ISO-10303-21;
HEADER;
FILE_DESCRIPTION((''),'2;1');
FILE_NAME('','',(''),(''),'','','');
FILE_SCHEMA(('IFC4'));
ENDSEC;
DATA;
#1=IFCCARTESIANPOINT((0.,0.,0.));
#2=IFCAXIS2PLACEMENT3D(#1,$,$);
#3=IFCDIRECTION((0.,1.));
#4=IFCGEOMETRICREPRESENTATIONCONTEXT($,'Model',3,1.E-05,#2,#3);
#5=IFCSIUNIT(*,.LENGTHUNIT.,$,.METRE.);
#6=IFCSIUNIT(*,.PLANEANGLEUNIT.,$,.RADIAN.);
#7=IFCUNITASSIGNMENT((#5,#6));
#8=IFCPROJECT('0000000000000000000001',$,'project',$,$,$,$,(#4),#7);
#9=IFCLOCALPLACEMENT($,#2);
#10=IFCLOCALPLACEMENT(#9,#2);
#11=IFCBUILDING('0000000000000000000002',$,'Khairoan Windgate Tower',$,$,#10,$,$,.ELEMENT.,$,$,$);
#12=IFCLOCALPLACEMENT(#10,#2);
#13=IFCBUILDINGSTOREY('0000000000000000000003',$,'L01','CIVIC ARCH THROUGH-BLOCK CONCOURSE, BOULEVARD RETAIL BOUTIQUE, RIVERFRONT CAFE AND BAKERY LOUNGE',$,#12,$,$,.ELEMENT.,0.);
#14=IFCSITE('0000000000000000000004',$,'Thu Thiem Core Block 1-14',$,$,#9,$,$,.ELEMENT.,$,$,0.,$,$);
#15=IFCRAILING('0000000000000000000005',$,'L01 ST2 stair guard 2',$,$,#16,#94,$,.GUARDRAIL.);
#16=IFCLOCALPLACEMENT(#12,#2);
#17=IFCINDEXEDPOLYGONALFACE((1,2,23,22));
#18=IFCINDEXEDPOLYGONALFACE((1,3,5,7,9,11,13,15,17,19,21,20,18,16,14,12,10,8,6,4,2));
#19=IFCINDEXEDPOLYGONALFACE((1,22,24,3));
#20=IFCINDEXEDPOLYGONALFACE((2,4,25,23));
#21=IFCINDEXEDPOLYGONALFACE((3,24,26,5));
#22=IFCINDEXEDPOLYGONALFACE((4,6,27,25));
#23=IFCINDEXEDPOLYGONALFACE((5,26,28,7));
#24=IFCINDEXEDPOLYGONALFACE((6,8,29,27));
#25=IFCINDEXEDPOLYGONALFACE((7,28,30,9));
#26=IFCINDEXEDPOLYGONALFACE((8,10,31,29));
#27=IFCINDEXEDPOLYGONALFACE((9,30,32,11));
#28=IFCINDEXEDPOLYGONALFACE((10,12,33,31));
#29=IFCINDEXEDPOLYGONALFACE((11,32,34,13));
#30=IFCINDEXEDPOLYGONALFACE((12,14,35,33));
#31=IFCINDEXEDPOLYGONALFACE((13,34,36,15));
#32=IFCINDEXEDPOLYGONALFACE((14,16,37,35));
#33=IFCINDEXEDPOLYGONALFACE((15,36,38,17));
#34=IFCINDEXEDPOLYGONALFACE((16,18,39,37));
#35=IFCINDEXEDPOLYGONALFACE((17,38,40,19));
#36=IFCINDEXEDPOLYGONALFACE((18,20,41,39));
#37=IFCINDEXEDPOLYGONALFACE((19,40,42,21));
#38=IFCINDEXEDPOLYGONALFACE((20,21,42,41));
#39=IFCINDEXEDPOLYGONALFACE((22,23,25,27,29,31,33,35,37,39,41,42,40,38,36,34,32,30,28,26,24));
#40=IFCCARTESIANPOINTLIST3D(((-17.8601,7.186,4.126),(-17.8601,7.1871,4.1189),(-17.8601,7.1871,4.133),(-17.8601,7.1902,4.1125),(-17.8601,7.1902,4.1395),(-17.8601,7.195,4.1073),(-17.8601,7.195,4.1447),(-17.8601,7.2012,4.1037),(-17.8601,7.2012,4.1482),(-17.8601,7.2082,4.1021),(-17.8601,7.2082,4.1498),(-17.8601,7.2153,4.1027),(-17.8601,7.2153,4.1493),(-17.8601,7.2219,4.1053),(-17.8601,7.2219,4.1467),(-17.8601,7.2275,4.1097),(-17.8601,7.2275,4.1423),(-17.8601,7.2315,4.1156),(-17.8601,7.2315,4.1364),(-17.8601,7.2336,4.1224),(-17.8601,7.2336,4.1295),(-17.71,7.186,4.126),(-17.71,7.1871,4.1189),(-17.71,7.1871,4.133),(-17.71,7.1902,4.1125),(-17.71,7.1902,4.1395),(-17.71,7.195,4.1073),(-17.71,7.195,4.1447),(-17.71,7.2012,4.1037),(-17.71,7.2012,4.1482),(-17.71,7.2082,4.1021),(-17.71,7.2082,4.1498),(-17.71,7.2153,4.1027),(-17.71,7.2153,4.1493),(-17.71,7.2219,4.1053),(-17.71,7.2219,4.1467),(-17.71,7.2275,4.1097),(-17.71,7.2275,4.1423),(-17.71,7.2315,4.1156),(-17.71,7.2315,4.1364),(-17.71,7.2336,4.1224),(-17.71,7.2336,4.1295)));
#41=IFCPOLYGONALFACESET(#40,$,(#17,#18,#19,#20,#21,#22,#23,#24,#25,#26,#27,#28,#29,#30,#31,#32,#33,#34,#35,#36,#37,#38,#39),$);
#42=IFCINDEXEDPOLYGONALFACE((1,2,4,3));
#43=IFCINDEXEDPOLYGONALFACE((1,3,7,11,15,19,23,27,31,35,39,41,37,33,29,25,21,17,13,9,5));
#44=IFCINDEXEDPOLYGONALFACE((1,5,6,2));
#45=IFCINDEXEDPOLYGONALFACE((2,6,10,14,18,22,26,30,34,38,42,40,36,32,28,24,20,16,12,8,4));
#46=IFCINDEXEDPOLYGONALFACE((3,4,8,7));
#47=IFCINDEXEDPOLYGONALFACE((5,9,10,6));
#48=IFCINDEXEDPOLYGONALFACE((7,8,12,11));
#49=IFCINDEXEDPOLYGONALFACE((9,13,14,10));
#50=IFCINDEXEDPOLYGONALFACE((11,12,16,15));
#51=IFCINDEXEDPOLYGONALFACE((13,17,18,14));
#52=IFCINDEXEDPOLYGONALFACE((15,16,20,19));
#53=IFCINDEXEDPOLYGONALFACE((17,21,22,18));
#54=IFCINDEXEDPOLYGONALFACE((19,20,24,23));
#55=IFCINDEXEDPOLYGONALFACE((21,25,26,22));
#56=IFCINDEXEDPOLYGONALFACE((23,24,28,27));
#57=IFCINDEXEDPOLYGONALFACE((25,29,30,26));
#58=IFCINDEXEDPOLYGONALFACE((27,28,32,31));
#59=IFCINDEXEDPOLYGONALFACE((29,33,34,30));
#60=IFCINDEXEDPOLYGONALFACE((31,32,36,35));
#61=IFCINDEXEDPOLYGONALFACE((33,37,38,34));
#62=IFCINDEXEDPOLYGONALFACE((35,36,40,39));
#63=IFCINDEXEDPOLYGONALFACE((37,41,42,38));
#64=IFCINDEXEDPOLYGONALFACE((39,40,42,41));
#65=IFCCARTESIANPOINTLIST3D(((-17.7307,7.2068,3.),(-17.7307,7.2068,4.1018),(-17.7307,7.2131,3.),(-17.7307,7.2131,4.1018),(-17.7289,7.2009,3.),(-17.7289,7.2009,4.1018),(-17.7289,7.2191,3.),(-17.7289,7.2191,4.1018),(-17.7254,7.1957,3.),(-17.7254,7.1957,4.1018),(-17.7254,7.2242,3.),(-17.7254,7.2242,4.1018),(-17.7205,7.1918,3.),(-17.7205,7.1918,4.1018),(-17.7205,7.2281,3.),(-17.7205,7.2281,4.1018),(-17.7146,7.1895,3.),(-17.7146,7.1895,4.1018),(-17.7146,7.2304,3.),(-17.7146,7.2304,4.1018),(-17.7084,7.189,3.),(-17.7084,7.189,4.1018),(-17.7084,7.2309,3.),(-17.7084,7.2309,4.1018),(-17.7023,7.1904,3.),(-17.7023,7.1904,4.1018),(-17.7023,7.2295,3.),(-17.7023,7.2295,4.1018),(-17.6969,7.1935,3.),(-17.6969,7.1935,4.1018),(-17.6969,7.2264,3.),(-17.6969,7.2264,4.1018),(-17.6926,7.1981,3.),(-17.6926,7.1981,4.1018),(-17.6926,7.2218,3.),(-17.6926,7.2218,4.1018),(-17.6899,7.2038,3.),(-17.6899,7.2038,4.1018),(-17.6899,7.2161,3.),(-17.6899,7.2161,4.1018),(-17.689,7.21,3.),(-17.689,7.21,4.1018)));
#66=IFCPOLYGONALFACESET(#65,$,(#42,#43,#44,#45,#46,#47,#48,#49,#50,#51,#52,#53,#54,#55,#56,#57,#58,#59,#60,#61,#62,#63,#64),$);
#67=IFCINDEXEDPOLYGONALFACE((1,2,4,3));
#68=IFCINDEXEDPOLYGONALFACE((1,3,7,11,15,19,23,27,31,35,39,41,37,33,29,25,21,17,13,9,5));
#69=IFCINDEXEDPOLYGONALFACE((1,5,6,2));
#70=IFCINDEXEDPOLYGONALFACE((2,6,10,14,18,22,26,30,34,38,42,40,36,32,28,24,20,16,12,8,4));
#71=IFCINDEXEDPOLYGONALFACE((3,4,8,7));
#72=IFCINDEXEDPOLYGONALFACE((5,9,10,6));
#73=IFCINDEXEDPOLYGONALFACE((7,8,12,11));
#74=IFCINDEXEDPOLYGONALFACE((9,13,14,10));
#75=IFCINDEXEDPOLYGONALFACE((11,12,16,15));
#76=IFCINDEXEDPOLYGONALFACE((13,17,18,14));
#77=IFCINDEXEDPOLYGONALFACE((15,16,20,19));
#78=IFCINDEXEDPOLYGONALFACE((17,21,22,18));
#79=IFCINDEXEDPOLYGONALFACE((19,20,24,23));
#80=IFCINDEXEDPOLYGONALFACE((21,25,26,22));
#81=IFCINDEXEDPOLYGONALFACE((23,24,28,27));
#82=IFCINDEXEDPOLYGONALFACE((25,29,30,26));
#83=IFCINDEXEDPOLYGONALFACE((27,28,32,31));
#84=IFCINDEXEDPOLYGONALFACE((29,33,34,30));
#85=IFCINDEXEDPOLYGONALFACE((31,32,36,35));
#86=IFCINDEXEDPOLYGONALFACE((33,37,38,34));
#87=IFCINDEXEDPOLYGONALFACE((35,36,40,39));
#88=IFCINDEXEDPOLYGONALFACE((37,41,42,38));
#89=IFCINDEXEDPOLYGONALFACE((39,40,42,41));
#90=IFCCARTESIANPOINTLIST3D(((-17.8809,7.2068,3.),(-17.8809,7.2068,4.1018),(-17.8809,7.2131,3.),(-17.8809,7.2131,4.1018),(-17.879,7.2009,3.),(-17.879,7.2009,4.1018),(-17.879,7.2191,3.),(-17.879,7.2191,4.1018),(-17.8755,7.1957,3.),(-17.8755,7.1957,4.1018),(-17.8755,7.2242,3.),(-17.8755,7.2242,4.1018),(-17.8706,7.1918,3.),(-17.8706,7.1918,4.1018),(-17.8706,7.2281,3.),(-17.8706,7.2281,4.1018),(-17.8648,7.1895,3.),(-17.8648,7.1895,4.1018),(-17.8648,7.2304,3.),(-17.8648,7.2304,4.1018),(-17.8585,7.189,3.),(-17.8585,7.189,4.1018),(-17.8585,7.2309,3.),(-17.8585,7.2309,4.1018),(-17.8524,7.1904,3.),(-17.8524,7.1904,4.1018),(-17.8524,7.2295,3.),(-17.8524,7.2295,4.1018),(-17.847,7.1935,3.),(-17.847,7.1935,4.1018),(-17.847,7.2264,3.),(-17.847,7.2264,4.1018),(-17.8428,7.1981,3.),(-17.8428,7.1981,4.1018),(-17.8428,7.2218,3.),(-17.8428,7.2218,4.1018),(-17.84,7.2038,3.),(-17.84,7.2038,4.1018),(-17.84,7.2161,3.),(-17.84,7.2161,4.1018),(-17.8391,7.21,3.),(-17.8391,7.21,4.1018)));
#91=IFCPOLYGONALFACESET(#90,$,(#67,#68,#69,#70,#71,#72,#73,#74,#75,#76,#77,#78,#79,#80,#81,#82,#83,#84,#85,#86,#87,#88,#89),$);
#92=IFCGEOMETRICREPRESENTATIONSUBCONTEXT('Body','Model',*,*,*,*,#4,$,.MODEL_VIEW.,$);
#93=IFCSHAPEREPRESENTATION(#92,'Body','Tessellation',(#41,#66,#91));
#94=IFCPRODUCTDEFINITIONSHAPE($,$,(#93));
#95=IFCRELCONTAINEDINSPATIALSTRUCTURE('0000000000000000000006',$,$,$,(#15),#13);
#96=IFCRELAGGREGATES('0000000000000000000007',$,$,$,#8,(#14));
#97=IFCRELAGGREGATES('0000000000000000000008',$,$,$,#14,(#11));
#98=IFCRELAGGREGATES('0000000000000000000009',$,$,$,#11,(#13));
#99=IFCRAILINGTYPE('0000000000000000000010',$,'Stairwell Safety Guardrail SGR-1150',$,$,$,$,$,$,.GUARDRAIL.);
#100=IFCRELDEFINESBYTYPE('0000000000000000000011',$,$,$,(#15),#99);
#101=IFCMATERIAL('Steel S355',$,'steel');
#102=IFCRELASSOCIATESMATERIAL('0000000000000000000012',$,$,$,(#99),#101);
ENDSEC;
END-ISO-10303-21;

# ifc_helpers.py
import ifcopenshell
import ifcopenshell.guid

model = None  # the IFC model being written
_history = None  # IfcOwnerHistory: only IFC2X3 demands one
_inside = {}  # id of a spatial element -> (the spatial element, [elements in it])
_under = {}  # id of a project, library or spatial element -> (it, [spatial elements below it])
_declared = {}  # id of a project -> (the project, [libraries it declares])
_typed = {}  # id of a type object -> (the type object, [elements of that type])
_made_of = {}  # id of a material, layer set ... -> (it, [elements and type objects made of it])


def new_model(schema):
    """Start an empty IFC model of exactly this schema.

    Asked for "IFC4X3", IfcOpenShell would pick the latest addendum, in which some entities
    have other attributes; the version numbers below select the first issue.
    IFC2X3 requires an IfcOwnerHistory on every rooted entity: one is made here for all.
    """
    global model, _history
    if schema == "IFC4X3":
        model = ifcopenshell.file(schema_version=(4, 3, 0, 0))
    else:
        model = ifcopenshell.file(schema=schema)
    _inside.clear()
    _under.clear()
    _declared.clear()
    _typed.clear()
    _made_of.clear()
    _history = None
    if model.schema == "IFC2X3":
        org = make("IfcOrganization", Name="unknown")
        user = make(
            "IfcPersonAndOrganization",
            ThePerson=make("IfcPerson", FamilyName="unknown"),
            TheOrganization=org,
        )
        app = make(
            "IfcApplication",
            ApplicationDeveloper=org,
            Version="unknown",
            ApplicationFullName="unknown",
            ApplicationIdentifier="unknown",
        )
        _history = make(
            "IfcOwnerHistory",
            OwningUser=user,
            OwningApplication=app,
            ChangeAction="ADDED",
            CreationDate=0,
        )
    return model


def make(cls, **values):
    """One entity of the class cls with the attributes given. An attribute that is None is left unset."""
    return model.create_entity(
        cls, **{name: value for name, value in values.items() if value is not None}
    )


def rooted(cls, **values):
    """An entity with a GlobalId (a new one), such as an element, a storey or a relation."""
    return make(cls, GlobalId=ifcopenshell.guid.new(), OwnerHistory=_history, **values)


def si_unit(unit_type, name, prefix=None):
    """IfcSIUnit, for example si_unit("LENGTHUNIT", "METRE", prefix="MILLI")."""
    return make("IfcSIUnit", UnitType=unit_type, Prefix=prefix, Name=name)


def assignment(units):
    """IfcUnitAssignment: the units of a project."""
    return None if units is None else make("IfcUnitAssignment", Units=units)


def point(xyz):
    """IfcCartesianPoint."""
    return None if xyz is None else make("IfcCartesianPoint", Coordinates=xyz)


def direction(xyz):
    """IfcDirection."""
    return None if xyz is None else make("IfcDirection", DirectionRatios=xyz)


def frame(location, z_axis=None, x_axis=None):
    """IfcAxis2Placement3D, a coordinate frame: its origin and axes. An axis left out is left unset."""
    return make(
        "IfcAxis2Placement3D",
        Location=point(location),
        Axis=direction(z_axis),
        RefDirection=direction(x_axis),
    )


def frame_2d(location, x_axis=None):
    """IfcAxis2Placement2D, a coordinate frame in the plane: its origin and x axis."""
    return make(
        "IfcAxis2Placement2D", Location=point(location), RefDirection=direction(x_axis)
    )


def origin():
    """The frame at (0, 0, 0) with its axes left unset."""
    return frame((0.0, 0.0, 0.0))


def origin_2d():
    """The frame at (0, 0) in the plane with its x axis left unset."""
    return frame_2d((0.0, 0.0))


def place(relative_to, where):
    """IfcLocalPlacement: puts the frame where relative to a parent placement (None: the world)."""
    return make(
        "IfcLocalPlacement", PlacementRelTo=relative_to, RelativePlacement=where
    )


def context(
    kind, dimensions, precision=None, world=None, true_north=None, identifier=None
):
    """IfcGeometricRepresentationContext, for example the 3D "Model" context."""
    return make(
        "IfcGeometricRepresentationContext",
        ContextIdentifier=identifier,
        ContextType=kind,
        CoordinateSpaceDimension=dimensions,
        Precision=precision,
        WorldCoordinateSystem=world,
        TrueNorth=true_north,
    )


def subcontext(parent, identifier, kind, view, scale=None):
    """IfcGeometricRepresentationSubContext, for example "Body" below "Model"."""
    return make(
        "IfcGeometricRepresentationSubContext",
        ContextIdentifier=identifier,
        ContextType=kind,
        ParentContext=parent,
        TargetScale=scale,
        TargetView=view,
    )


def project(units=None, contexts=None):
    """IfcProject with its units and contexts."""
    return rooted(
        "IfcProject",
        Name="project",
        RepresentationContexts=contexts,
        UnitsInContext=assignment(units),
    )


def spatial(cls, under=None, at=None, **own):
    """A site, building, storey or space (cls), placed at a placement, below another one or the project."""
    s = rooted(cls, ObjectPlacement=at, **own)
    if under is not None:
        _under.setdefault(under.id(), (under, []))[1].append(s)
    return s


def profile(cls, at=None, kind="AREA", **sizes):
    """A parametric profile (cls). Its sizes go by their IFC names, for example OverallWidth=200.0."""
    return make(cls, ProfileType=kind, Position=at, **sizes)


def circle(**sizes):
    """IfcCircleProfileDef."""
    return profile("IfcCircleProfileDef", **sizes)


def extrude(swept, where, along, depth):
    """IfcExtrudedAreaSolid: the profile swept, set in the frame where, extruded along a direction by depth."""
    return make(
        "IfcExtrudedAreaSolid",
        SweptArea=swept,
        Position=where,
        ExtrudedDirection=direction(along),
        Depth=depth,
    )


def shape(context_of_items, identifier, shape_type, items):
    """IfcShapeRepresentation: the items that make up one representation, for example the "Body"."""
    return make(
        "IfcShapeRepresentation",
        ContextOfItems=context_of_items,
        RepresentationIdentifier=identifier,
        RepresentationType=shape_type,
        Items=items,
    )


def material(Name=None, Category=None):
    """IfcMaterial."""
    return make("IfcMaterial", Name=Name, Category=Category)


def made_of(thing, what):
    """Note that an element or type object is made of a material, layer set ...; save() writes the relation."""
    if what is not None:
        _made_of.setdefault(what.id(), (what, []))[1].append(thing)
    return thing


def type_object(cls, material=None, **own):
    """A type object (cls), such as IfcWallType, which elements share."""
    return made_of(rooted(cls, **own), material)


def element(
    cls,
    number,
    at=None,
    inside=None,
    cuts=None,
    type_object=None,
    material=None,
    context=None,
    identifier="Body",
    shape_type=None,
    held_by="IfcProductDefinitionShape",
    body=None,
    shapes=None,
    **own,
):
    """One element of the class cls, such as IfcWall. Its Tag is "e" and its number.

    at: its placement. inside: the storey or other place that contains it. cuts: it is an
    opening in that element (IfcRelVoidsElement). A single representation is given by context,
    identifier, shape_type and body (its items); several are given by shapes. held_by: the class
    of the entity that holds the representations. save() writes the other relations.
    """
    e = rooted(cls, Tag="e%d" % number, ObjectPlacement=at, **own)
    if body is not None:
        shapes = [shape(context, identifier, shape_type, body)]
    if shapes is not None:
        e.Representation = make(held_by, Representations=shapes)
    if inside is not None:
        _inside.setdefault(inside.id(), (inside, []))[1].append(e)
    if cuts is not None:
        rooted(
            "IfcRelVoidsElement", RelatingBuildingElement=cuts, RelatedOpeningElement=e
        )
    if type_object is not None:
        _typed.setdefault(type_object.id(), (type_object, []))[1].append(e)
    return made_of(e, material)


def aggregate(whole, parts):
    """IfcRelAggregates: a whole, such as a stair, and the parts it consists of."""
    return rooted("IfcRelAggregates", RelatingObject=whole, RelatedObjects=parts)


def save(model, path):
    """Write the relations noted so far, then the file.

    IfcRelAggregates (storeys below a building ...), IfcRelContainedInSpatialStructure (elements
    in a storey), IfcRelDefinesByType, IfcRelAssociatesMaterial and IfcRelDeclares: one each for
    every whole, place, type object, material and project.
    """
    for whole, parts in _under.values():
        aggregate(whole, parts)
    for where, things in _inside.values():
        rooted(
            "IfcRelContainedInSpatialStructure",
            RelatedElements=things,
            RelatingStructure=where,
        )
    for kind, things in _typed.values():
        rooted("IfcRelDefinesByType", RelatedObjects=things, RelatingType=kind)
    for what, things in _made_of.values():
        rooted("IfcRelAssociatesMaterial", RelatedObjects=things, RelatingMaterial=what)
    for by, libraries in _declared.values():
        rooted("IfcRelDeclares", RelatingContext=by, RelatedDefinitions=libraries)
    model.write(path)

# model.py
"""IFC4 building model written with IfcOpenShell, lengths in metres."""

from ifc_helpers import new_model, si_unit, direction, frame, origin, origin_2d, place, context, subcontext, project, spatial, circle, extrude, material, type_object, element, save


model = new_model("IFC4")

# Units and contexts
model_context = context("Model", 3, precision=1e-05, world=origin(), true_north=direction((0.0, 1.0)))
body_context = subcontext(model_context, "Body", "Model", "MODEL_VIEW")
ifc_project = project(units=[si_unit("LENGTHUNIT", "METRE"), si_unit("PLANEANGLEUNIT", "RADIAN")], contexts=[model_context])

# Site, building, storey
site_placement = place(None, origin())
site = spatial("IfcSite", under=ifc_project, at=site_placement, Name="Thu Thiem Core Block 1-14", CompositionType="ELEMENT", RefElevation=0.0)
building_placement = place(site_placement, origin())
building = spatial("IfcBuilding", under=site, at=building_placement, Name="Khairoan Windgate Tower", CompositionType="ELEMENT")
storey_placement = place(building_placement, origin())
storey = spatial("IfcBuildingStorey", under=building, at=storey_placement, Name="L01", Description="CIVIC ARCH THROUGH-BLOCK CONCOURSE, BOULEVARD RETAIL BOUTIQUE, RIVERFRONT CAFE AND BAKERY LOUNGE", CompositionType="ELEMENT", Elevation=0.0)

# Railing
ifc_material_1 = material(Name="Steel S355", Category="steel")
railing_type_1 = type_object("IfcRailingType", Name="Stairwell Safety Guardrail SGR-1150", PredefinedType="GUARDRAIL", material=ifc_material_1)
railing_1_placement = place(storey_placement, frame((-17.71, 7.21, 3.0)))
element("IfcRailing", 1, at=railing_1_placement, inside=storey, type_object=railing_type_1, Name="L01 ST2 stair guard 2", PredefinedType="GUARDRAIL", context=body_context, shape_type="SweptSolid", body=[
    extrude(circle(Radius=0.0239, at=origin_2d()), frame((0.0, 0.0, 1.126), z_axis=(-1.0, 0.0, 0.0), x_axis=(0.0, -1.0, 0.0)), (0.0, 0.0, 1.0), 0.1501),
    extrude(circle(Radius=0.021, at=origin_2d()), origin(), (0.0, 0.0, 1.0), 1.1018),
    extrude(circle(Radius=0.021, at=origin_2d()), frame((-0.1501, 0.0, 0.0)), (0.0, 0.0, 1.0), 1.1018),
])

save(model, "model.ifc")
